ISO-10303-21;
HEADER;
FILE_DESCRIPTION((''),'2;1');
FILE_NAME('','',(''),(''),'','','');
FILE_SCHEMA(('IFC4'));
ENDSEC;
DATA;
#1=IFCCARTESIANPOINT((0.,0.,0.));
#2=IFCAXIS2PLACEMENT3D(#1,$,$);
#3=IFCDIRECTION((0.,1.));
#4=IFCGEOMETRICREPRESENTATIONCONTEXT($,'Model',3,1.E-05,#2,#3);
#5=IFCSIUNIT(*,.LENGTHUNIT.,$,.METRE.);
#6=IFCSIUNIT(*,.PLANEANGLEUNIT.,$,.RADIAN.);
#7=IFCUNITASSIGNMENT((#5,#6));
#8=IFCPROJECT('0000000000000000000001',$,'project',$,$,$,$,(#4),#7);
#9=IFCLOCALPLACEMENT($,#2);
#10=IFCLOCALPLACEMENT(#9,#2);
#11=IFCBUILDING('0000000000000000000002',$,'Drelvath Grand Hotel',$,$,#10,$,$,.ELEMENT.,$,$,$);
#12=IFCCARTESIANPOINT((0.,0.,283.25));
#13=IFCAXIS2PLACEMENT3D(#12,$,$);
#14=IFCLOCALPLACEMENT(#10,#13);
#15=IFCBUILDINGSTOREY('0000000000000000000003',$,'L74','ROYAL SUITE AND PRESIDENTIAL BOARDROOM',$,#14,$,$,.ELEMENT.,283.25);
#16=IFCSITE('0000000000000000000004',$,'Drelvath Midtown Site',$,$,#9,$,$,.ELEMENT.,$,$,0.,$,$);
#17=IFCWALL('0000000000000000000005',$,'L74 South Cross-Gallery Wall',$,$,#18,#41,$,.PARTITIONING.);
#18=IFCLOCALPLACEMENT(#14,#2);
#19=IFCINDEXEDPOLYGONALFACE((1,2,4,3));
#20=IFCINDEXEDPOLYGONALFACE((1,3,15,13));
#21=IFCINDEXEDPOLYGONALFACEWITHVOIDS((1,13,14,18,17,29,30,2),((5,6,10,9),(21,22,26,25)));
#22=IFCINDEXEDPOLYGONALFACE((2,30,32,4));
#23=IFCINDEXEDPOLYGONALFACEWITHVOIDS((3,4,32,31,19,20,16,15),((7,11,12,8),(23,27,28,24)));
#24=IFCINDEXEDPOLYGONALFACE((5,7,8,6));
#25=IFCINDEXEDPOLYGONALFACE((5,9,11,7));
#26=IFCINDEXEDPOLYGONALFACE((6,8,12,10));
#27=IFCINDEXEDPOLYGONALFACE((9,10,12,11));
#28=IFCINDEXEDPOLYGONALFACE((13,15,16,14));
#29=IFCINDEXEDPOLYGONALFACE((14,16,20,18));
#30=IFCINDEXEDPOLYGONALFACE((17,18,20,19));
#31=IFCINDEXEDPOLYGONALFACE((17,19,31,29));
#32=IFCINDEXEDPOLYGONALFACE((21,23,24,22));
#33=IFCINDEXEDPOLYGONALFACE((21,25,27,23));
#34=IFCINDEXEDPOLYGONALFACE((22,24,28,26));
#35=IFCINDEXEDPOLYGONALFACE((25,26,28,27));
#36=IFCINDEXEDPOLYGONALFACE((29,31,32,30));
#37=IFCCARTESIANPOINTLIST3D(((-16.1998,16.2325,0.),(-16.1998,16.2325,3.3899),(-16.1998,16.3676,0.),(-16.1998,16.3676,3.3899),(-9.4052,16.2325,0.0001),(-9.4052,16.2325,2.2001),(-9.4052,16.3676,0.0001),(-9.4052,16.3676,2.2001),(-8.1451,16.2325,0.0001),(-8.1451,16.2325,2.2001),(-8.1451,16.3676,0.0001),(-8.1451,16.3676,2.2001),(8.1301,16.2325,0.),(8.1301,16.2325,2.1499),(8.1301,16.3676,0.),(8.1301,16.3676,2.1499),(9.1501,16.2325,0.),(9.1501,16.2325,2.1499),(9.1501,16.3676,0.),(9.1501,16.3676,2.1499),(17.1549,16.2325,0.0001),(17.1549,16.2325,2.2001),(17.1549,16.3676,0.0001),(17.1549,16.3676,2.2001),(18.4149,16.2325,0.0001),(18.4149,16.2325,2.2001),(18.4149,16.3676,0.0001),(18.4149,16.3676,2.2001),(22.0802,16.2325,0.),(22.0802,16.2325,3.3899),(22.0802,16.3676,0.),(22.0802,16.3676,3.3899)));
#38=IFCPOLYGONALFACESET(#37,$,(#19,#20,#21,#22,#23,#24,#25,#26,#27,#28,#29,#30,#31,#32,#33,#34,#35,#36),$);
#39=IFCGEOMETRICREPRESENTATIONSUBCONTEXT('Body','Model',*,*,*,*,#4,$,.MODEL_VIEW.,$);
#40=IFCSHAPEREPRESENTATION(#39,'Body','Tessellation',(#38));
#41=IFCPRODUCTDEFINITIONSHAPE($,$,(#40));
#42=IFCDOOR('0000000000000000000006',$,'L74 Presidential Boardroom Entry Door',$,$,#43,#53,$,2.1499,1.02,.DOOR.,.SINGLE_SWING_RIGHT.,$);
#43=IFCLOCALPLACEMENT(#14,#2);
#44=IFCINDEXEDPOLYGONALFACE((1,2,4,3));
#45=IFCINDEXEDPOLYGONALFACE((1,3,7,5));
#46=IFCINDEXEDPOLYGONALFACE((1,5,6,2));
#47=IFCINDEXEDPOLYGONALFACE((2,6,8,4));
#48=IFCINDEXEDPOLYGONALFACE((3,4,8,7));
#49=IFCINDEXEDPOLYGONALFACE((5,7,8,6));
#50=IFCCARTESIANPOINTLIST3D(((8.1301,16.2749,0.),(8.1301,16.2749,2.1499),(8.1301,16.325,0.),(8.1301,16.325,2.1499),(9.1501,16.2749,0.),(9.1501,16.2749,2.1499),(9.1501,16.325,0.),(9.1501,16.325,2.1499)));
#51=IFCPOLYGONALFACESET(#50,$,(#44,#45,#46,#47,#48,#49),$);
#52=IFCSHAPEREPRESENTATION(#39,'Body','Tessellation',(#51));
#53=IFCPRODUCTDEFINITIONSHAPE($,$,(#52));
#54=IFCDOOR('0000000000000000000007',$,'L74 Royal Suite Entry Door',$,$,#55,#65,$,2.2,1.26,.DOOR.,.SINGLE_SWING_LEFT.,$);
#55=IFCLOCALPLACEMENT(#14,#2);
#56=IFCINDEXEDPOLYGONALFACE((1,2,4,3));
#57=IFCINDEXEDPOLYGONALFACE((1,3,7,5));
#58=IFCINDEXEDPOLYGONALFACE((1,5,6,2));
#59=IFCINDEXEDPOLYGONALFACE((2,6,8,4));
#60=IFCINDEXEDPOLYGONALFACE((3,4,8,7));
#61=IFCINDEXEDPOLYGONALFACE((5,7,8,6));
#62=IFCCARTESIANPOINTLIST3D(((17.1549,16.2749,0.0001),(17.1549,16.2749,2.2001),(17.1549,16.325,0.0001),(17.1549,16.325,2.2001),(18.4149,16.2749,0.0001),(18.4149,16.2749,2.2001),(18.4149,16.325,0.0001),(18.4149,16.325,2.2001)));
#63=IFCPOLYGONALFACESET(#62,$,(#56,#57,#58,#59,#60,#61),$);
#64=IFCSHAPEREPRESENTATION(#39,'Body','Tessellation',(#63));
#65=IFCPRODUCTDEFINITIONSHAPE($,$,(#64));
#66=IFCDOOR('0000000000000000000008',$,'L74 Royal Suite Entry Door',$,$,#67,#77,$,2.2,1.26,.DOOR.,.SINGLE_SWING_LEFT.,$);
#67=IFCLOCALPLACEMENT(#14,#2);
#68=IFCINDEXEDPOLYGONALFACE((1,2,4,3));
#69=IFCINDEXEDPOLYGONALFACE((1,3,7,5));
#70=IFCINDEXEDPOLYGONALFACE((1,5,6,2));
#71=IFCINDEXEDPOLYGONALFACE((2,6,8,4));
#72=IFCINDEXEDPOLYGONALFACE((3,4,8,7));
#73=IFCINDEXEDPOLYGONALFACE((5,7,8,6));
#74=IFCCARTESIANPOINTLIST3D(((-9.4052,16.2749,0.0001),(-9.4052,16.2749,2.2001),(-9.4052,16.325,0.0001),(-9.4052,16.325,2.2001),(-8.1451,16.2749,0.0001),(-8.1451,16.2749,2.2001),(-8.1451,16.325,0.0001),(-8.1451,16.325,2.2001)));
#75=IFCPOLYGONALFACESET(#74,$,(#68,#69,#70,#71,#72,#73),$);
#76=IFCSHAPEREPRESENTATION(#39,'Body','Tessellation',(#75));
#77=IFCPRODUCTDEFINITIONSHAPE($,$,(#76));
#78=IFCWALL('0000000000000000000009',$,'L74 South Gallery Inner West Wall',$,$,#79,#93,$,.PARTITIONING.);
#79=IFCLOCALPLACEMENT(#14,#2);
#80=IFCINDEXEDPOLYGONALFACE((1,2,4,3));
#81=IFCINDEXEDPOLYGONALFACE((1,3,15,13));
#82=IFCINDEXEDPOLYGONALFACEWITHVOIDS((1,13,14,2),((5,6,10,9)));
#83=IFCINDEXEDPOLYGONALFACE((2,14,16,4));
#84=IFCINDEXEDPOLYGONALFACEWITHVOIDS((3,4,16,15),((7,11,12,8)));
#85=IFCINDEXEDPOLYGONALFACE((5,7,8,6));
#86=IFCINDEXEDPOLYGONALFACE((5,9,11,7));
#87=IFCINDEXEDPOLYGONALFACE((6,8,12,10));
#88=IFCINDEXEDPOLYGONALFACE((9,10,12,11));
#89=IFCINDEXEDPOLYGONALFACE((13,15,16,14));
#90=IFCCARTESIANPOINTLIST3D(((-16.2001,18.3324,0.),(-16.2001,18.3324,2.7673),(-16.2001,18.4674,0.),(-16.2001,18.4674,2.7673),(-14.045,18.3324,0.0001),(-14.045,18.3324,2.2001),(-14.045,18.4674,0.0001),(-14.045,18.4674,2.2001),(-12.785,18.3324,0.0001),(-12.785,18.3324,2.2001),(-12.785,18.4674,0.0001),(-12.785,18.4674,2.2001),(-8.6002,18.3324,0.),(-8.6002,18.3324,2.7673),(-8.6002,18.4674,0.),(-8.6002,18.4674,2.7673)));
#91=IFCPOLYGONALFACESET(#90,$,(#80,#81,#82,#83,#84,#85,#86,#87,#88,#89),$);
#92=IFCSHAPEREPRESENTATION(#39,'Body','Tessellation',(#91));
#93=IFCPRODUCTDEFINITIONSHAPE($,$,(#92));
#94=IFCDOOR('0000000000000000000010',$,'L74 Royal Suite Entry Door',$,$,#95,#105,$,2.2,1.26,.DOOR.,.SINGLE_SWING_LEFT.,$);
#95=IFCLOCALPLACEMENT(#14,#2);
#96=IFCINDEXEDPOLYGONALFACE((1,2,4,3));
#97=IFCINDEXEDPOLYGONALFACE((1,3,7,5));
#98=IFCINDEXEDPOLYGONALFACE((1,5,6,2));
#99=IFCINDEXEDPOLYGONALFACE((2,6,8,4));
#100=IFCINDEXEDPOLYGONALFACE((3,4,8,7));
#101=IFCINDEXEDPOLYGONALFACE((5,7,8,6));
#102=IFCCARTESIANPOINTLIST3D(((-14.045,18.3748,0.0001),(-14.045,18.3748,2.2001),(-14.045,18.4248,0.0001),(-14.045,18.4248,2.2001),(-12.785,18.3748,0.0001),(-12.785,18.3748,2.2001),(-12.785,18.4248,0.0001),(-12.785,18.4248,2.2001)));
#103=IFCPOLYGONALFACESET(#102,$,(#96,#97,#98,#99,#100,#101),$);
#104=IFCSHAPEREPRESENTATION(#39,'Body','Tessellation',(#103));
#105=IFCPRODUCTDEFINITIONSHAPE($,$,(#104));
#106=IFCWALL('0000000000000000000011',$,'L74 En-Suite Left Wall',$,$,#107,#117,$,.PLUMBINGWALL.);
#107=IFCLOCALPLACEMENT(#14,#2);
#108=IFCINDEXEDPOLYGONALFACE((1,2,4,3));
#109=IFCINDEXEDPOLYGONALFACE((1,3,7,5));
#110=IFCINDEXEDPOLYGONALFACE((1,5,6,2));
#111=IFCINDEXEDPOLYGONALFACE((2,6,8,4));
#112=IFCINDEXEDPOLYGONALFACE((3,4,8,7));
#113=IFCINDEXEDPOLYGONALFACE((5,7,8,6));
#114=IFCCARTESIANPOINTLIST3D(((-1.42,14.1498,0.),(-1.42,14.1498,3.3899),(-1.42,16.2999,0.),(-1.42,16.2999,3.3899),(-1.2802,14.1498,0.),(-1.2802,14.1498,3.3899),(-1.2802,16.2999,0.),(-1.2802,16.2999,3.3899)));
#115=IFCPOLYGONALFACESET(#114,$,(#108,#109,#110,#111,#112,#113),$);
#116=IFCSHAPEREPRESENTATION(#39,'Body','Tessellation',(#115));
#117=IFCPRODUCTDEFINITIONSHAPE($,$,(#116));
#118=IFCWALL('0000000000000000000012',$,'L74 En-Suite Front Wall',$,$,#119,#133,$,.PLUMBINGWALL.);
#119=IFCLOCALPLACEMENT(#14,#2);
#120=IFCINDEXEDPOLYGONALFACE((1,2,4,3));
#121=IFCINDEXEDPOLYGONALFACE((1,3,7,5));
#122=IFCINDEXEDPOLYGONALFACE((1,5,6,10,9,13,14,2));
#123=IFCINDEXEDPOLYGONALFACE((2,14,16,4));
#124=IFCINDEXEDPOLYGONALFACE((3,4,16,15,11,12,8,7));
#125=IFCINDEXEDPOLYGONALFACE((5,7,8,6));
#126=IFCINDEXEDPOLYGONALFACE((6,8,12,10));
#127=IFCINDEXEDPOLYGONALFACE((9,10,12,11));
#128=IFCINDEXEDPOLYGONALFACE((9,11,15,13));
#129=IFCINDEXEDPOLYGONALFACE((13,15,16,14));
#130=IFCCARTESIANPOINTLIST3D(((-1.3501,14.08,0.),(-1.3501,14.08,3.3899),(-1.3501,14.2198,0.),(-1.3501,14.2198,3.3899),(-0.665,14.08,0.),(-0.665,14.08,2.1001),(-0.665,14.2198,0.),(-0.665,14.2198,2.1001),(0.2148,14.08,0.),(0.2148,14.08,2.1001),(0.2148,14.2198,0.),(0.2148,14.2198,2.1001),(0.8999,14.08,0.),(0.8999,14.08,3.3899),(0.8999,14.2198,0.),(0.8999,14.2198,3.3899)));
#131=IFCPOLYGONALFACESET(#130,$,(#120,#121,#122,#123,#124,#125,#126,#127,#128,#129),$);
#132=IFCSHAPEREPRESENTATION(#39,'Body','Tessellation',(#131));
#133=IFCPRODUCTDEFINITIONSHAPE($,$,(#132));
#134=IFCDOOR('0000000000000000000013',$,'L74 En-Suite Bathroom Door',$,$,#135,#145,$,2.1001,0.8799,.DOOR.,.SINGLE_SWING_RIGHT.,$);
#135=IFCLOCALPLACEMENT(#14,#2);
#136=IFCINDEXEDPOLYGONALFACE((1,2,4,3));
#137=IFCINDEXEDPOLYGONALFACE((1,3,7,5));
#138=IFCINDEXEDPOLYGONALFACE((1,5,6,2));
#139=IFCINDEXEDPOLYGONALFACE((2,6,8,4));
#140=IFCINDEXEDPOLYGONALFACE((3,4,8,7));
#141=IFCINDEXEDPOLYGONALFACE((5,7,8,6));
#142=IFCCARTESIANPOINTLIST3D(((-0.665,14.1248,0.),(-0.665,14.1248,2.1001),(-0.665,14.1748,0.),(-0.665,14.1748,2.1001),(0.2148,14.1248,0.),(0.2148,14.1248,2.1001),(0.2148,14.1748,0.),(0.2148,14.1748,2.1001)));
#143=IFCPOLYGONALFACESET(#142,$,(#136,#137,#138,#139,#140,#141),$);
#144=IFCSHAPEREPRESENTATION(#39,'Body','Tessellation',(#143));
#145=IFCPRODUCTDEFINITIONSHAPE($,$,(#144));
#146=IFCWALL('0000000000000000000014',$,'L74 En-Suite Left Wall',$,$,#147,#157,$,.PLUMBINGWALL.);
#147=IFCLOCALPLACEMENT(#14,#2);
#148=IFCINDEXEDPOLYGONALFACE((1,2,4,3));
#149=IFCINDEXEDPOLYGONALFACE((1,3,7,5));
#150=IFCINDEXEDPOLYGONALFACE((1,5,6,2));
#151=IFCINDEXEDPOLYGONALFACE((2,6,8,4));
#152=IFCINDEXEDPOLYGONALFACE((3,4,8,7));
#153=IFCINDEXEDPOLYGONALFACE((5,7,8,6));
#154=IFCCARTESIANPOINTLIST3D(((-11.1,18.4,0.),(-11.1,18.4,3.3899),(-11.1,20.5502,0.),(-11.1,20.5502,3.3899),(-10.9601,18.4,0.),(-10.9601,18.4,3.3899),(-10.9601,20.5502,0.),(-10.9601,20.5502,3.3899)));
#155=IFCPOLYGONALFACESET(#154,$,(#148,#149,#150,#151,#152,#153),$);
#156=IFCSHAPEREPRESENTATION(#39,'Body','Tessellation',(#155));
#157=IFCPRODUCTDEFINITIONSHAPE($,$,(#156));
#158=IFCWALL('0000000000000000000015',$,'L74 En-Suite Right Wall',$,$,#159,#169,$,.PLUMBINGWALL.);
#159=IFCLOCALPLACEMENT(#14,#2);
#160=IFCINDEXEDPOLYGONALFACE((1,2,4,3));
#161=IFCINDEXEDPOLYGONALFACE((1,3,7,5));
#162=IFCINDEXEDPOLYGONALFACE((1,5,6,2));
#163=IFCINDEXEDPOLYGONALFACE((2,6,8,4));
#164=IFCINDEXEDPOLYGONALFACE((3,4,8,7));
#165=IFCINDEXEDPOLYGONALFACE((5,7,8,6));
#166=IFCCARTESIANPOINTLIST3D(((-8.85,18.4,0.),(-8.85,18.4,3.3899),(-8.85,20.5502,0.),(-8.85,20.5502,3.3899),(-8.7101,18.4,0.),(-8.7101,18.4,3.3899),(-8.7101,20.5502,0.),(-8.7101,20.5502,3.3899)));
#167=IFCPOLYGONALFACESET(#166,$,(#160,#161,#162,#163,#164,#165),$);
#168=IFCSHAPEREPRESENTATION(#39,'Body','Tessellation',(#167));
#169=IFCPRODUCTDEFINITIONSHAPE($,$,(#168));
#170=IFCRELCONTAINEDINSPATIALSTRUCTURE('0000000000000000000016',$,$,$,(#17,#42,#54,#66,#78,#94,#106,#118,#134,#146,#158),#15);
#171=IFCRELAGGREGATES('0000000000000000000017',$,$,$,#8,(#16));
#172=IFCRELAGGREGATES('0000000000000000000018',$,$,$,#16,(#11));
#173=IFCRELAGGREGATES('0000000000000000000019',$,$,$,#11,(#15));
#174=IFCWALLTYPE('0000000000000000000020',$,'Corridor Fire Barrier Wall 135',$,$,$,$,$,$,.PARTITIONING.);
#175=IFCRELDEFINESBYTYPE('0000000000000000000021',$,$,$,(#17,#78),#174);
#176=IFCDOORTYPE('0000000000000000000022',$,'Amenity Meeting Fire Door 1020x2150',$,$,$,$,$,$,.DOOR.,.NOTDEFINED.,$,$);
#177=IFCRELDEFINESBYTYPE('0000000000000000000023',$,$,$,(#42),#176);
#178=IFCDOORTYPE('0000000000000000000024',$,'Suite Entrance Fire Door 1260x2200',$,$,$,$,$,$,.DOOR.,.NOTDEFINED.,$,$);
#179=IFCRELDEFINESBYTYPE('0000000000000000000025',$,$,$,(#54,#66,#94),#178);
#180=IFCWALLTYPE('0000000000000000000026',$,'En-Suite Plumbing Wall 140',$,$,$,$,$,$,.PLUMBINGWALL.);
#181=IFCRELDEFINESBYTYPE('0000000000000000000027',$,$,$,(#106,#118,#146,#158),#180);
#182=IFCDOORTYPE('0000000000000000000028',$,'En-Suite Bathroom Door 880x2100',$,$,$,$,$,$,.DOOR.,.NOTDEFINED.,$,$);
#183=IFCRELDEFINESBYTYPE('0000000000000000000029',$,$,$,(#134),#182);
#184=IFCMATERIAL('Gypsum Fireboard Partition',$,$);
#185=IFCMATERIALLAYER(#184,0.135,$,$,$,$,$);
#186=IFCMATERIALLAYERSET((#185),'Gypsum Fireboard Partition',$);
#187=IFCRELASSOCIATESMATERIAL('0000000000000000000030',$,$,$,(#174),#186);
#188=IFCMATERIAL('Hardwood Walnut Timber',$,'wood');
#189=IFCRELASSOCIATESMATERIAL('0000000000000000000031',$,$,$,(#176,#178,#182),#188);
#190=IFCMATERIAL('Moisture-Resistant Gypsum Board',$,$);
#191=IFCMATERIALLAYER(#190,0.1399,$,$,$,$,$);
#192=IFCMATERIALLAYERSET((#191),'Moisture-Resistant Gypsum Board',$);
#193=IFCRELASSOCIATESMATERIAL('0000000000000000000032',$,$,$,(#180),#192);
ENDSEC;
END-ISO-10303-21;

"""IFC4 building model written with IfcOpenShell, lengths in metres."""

from ifc_helpers import new_model, si_unit, direction, frame, frame_2d, origin, place, context, subcontext, project, spatial, rectangle, extrude, material, layer, layer_set, type_object, element, fill, save


model = new_model("IFC4")

# Units and contexts
model_context = context("Model", 3, precision=1e-05, world=origin(), true_north=direction((0.0, 1.0)))
body_context = subcontext(model_context, "Body", "Model", "MODEL_VIEW")
ifc_project = project(units=[si_unit("LENGTHUNIT", "METRE"), si_unit("PLANEANGLEUNIT", "RADIAN")], contexts=[model_context])

# Site, building, storey
site_placement = place(None, origin())
site = spatial("IfcSite", under=ifc_project, at=site_placement, Name="Drelvath Midtown Site", CompositionType="ELEMENT", RefElevation=0.0)
building_placement = place(site_placement, origin())
building = spatial("IfcBuilding", under=site, at=building_placement, Name="Drelvath Grand Hotel", CompositionType="ELEMENT")
storey_placement = place(building_placement, frame((0.0, 0.0, 283.25)))
storey = spatial("IfcBuildingStorey", under=building, at=storey_placement, Name="L74", Description="ROYAL SUITE AND PRESIDENTIAL BOARDROOM", CompositionType="ELEMENT", Elevation=283.25)

# Wall, openings, doors
ifc_material_1 = material(Name="Gypsum Fireboard Partition")
ifc_layer_1 = layer(ifc_material_1, 0.135)
ifc_layer_set_1 = layer_set([ifc_layer_1], Name="Gypsum Fireboard Partition")
wall_type_1 = type_object("IfcWallType", Name="Corridor Fire Barrier Wall 135", PredefinedType="PARTITIONING", material=ifc_layer_set_1)
wall_1_placement = place(storey_placement, frame((-16.2, 16.3, 0.0), z_axis=(0.0, 0.0, 1.0), x_axis=(1.0, 0.0, 0.0)))
wall_1 = element("IfcWall", 1, at=wall_1_placement, inside=storey, type_object=wall_type_1, Name="L74 South Cross-Gallery Wall", PredefinedType="PARTITIONING", context=body_context, shape_type="SweptSolid", body=[
    extrude(rectangle(XDim=38.28, YDim=0.135, at=frame_2d((19.1401, 0.0))), origin(), (0.0, 0.0, 1.0), 3.3899),
])
opening_1_placement = place(wall_1_placement, frame((33.355, 0.0, 0.0)))
opening_1 = element("IfcOpeningElement", 2, at=opening_1_placement, cuts=wall_1, PredefinedType="OPENING", context=body_context, shape_type="SweptSolid", body=[
    extrude(rectangle(XDim=1.26, YDim=2.2, at=frame_2d((0.6299, 1.1001))), frame((0.0, 0.0774, 0.0), z_axis=(0.0, -1.0, 0.0), x_axis=(1.0, 0.0, 0.0)), (0.0, 0.0, 1.0), 0.155),
])
opening_2_placement = place(wall_1_placement, frame((6.7949, 0.0, 0.0)))
opening_2 = element("IfcOpeningElement", 3, at=opening_2_placement, cuts=wall_1, PredefinedType="OPENING", context=body_context, shape_type="SweptSolid", body=[
    extrude(rectangle(XDim=1.26, YDim=2.2, at=frame_2d((0.6299, 1.1001))), frame((0.0, 0.0774, 0.0), z_axis=(0.0, -1.0, 0.0), x_axis=(1.0, 0.0, 0.0)), (0.0, 0.0, 1.0), 0.155),
])
opening_3_placement = place(wall_1_placement, frame((24.3301, 0.0, 0.0)))
opening_3 = element("IfcOpeningElement", 4, at=opening_3_placement, cuts=wall_1, PredefinedType="OPENING", context=body_context, shape_type="SweptSolid", body=[
    extrude(rectangle(XDim=1.02, YDim=2.1499, at=frame_2d((0.51, 1.075))), frame((0.0, 0.0774, 0.0), z_axis=(0.0, -1.0, 0.0), x_axis=(1.0, 0.0, 0.0)), (0.0, 0.0, 1.0), 0.155),
])
ifc_material_2 = material(Name="Hardwood Walnut Timber", Category="wood")
door_type_1 = type_object("IfcDoorType", Name="Amenity Meeting Fire Door 1020x2150", OperationType="NOTDEFINED", PredefinedType="DOOR", material=ifc_material_2)
door_1_placement = place(opening_3_placement, origin())
door_1 = element("IfcDoor", 5, at=door_1_placement, inside=storey, type_object=door_type_1, Name="L74 Presidential Boardroom Entry Door", OperationType="SINGLE_SWING_RIGHT", OverallHeight=2.1499, OverallWidth=1.02, PredefinedType="DOOR", context=body_context, shape_type="SweptSolid", body=[
    extrude(rectangle(XDim=1.02, YDim=2.1499, at=frame_2d((0.51, 1.075))), frame((0.0, 0.0249, 0.0), z_axis=(0.0, -1.0, 0.0), x_axis=(1.0, 0.0, 0.0)), (0.0, 0.0, 1.0), 0.05),
])
fill(opening_3, door_1)
door_type_2 = type_object("IfcDoorType", Name="Suite Entrance Fire Door 1260x2200", OperationType="NOTDEFINED", PredefinedType="DOOR", material=ifc_material_2)
door_2_placement = place(opening_1_placement, origin())
door_2 = element("IfcDoor", 6, at=door_2_placement, inside=storey, type_object=door_type_2, Name="L74 Royal Suite Entry Door", OperationType="SINGLE_SWING_LEFT", OverallHeight=2.2, OverallWidth=1.26, PredefinedType="DOOR", context=body_context, shape_type="SweptSolid", body=[
    extrude(rectangle(XDim=1.26, YDim=2.2, at=frame_2d((0.6299, 1.1001))), frame((0.0, 0.0249, 0.0), z_axis=(0.0, -1.0, 0.0), x_axis=(1.0, 0.0, 0.0)), (0.0, 0.0, 1.0), 0.05),
])
fill(opening_1, door_2)
door_3_placement = place(opening_2_placement, origin())
door_3 = element("IfcDoor", 7, at=door_3_placement, inside=storey, type_object=door_type_2, Name="L74 Royal Suite Entry Door", OperationType="SINGLE_SWING_LEFT", OverallHeight=2.2, OverallWidth=1.26, PredefinedType="DOOR", context=body_context, shape_type="SweptSolid", body=[
    extrude(rectangle(XDim=1.26, YDim=2.2, at=frame_2d((0.6299, 1.1001))), frame((0.0, 0.0249, 0.0), z_axis=(0.0, -1.0, 0.0), x_axis=(1.0, 0.0, 0.0)), (0.0, 0.0, 1.0), 0.05),
])
fill(opening_2, door_3)

# Wall, opening, door
wall_2_placement = place(storey_placement, frame((-16.2, 18.3999, 0.0), z_axis=(0.0, 0.0, 1.0), x_axis=(1.0, 0.0, 0.0)))
wall_2 = element("IfcWall", 8, at=wall_2_placement, inside=storey, type_object=wall_type_1, Name="L74 South Gallery Inner West Wall", PredefinedType="PARTITIONING", context=body_context, shape_type="SweptSolid", body=[
    extrude(rectangle(XDim=7.5999, YDim=0.135, at=frame_2d((3.7998, 0.0))), origin(), (0.0, 0.0, 1.0), 2.7673),
])
opening_4_placement = place(wall_2_placement, frame((2.155, 0.0, 0.0)))
opening_4 = element("IfcOpeningElement", 9, at=opening_4_placement, cuts=wall_2, PredefinedType="OPENING", context=body_context, shape_type="SweptSolid", body=[
    extrude(rectangle(XDim=1.26, YDim=2.2, at=frame_2d((0.6299, 1.1001))), frame((0.0, 0.0774, 0.0), z_axis=(0.0, -1.0, 0.0), x_axis=(1.0, 0.0, 0.0)), (0.0, 0.0, 1.0), 0.155),
])
door_4_placement = place(opening_4_placement, origin())
door_4 = element("IfcDoor", 10, at=door_4_placement, inside=storey, type_object=door_type_2, Name="L74 Royal Suite Entry Door", OperationType="SINGLE_SWING_LEFT", OverallHeight=2.2, OverallWidth=1.26, PredefinedType="DOOR", context=body_context, shape_type="SweptSolid", body=[
    extrude(rectangle(XDim=1.26, YDim=2.2, at=frame_2d((0.6299, 1.1001))), frame((0.0, 0.0249, 0.0), z_axis=(0.0, -1.0, 0.0), x_axis=(1.0, 0.0, 0.0)), (0.0, 0.0, 1.0), 0.05),
])
fill(opening_4, door_4)

# Wall
ifc_material_3 = material(Name="Moisture-Resistant Gypsum Board")
ifc_layer_2 = layer(ifc_material_3, 0.1399)
ifc_layer_set_2 = layer_set([ifc_layer_2], Name="Moisture-Resistant Gypsum Board")
wall_type_2 = type_object("IfcWallType", Name="En-Suite Plumbing Wall 140", PredefinedType="PLUMBINGWALL", material=ifc_layer_set_2)
wall_3_placement = place(storey_placement, frame((-1.3501, 16.3, 0.0), z_axis=(0.0, 0.0, 1.0), x_axis=(0.0, -1.0, 0.0)))
element("IfcWall", 11, at=wall_3_placement, inside=storey, type_object=wall_type_2, Name="L74 En-Suite Left Wall", PredefinedType="PLUMBINGWALL", context=body_context, shape_type="SweptSolid", body=[
    extrude(rectangle(XDim=2.1501, YDim=0.1399, at=frame_2d((1.0752, 0.0))), origin(), (0.0, 0.0, 1.0), 3.3899),
])

# Wall, opening, door
wall_4_placement = place(storey_placement, frame((-1.3501, 14.1499, 0.0), z_axis=(0.0, 0.0, 1.0), x_axis=(1.0, 0.0, 0.0)))
wall_4 = element("IfcWall", 12, at=wall_4_placement, inside=storey, type_object=wall_type_2, Name="L74 En-Suite Front Wall", PredefinedType="PLUMBINGWALL", context=body_context, shape_type="SweptSolid", body=[
    extrude(rectangle(XDim=2.25, YDim=0.1399, at=frame_2d((1.125, 0.0))), origin(), (0.0, 0.0, 1.0), 3.3899),
])
opening_5_placement = place(wall_4_placement, frame((0.6851, 0.0, 0.0)))
opening_5 = element("IfcOpeningElement", 13, at=opening_5_placement, cuts=wall_4, PredefinedType="OPENING", context=body_context, shape_type="SweptSolid", body=[
    extrude(rectangle(XDim=0.8799, YDim=2.1001, at=frame_2d((0.4399, 1.05))), frame((0.0, 0.0798, 0.0), z_axis=(0.0, -1.0, 0.0), x_axis=(1.0, 0.0, 0.0)), (0.0, 0.0, 1.0), 0.1599),
])
door_type_3 = type_object("IfcDoorType", Name="En-Suite Bathroom Door 880x2100", OperationType="NOTDEFINED", PredefinedType="DOOR", material=ifc_material_2)
door_5_placement = place(opening_5_placement, origin())
door_5 = element("IfcDoor", 14, at=door_5_placement, inside=storey, type_object=door_type_3, Name="L74 En-Suite Bathroom Door", OperationType="SINGLE_SWING_RIGHT", OverallHeight=2.1001, OverallWidth=0.8799, PredefinedType="DOOR", context=body_context, shape_type="SweptSolid", body=[
    extrude(rectangle(XDim=0.8799, YDim=2.1001, at=frame_2d((0.4399, 1.05))), frame((0.0, 0.0249, 0.0), z_axis=(0.0, -1.0, 0.0), x_axis=(1.0, 0.0, 0.0)), (0.0, 0.0, 1.0), 0.05),
])
fill(opening_5, door_5)

# Walls
for number, where, z_axis, x_axis, name in (
    (15, (-11.03, 18.3999, 0.0), (0.0, 0.0, 1.0), (0.0, 1.0, 0.0), "L74 En-Suite Left Wall"),
    (16, (-8.78, 18.3999, 0.0), (0.0, 0.0, 1.0), (0.0, 1.0, 0.0), "L74 En-Suite Right Wall"),
):
    element("IfcWall", number, at=place(storey_placement, frame(where, z_axis=z_axis, x_axis=x_axis)), inside=storey, type_object=wall_type_2, Name=name, PredefinedType="PLUMBINGWALL", context=body_context, shape_type="SweptSolid", body=[
        extrude(rectangle(XDim=2.1501, YDim=0.1399, at=frame_2d((1.0752, 0.0))), origin(), (0.0, 0.0, 1.0), 3.3899),
    ])

save(model, "model.ifc")
